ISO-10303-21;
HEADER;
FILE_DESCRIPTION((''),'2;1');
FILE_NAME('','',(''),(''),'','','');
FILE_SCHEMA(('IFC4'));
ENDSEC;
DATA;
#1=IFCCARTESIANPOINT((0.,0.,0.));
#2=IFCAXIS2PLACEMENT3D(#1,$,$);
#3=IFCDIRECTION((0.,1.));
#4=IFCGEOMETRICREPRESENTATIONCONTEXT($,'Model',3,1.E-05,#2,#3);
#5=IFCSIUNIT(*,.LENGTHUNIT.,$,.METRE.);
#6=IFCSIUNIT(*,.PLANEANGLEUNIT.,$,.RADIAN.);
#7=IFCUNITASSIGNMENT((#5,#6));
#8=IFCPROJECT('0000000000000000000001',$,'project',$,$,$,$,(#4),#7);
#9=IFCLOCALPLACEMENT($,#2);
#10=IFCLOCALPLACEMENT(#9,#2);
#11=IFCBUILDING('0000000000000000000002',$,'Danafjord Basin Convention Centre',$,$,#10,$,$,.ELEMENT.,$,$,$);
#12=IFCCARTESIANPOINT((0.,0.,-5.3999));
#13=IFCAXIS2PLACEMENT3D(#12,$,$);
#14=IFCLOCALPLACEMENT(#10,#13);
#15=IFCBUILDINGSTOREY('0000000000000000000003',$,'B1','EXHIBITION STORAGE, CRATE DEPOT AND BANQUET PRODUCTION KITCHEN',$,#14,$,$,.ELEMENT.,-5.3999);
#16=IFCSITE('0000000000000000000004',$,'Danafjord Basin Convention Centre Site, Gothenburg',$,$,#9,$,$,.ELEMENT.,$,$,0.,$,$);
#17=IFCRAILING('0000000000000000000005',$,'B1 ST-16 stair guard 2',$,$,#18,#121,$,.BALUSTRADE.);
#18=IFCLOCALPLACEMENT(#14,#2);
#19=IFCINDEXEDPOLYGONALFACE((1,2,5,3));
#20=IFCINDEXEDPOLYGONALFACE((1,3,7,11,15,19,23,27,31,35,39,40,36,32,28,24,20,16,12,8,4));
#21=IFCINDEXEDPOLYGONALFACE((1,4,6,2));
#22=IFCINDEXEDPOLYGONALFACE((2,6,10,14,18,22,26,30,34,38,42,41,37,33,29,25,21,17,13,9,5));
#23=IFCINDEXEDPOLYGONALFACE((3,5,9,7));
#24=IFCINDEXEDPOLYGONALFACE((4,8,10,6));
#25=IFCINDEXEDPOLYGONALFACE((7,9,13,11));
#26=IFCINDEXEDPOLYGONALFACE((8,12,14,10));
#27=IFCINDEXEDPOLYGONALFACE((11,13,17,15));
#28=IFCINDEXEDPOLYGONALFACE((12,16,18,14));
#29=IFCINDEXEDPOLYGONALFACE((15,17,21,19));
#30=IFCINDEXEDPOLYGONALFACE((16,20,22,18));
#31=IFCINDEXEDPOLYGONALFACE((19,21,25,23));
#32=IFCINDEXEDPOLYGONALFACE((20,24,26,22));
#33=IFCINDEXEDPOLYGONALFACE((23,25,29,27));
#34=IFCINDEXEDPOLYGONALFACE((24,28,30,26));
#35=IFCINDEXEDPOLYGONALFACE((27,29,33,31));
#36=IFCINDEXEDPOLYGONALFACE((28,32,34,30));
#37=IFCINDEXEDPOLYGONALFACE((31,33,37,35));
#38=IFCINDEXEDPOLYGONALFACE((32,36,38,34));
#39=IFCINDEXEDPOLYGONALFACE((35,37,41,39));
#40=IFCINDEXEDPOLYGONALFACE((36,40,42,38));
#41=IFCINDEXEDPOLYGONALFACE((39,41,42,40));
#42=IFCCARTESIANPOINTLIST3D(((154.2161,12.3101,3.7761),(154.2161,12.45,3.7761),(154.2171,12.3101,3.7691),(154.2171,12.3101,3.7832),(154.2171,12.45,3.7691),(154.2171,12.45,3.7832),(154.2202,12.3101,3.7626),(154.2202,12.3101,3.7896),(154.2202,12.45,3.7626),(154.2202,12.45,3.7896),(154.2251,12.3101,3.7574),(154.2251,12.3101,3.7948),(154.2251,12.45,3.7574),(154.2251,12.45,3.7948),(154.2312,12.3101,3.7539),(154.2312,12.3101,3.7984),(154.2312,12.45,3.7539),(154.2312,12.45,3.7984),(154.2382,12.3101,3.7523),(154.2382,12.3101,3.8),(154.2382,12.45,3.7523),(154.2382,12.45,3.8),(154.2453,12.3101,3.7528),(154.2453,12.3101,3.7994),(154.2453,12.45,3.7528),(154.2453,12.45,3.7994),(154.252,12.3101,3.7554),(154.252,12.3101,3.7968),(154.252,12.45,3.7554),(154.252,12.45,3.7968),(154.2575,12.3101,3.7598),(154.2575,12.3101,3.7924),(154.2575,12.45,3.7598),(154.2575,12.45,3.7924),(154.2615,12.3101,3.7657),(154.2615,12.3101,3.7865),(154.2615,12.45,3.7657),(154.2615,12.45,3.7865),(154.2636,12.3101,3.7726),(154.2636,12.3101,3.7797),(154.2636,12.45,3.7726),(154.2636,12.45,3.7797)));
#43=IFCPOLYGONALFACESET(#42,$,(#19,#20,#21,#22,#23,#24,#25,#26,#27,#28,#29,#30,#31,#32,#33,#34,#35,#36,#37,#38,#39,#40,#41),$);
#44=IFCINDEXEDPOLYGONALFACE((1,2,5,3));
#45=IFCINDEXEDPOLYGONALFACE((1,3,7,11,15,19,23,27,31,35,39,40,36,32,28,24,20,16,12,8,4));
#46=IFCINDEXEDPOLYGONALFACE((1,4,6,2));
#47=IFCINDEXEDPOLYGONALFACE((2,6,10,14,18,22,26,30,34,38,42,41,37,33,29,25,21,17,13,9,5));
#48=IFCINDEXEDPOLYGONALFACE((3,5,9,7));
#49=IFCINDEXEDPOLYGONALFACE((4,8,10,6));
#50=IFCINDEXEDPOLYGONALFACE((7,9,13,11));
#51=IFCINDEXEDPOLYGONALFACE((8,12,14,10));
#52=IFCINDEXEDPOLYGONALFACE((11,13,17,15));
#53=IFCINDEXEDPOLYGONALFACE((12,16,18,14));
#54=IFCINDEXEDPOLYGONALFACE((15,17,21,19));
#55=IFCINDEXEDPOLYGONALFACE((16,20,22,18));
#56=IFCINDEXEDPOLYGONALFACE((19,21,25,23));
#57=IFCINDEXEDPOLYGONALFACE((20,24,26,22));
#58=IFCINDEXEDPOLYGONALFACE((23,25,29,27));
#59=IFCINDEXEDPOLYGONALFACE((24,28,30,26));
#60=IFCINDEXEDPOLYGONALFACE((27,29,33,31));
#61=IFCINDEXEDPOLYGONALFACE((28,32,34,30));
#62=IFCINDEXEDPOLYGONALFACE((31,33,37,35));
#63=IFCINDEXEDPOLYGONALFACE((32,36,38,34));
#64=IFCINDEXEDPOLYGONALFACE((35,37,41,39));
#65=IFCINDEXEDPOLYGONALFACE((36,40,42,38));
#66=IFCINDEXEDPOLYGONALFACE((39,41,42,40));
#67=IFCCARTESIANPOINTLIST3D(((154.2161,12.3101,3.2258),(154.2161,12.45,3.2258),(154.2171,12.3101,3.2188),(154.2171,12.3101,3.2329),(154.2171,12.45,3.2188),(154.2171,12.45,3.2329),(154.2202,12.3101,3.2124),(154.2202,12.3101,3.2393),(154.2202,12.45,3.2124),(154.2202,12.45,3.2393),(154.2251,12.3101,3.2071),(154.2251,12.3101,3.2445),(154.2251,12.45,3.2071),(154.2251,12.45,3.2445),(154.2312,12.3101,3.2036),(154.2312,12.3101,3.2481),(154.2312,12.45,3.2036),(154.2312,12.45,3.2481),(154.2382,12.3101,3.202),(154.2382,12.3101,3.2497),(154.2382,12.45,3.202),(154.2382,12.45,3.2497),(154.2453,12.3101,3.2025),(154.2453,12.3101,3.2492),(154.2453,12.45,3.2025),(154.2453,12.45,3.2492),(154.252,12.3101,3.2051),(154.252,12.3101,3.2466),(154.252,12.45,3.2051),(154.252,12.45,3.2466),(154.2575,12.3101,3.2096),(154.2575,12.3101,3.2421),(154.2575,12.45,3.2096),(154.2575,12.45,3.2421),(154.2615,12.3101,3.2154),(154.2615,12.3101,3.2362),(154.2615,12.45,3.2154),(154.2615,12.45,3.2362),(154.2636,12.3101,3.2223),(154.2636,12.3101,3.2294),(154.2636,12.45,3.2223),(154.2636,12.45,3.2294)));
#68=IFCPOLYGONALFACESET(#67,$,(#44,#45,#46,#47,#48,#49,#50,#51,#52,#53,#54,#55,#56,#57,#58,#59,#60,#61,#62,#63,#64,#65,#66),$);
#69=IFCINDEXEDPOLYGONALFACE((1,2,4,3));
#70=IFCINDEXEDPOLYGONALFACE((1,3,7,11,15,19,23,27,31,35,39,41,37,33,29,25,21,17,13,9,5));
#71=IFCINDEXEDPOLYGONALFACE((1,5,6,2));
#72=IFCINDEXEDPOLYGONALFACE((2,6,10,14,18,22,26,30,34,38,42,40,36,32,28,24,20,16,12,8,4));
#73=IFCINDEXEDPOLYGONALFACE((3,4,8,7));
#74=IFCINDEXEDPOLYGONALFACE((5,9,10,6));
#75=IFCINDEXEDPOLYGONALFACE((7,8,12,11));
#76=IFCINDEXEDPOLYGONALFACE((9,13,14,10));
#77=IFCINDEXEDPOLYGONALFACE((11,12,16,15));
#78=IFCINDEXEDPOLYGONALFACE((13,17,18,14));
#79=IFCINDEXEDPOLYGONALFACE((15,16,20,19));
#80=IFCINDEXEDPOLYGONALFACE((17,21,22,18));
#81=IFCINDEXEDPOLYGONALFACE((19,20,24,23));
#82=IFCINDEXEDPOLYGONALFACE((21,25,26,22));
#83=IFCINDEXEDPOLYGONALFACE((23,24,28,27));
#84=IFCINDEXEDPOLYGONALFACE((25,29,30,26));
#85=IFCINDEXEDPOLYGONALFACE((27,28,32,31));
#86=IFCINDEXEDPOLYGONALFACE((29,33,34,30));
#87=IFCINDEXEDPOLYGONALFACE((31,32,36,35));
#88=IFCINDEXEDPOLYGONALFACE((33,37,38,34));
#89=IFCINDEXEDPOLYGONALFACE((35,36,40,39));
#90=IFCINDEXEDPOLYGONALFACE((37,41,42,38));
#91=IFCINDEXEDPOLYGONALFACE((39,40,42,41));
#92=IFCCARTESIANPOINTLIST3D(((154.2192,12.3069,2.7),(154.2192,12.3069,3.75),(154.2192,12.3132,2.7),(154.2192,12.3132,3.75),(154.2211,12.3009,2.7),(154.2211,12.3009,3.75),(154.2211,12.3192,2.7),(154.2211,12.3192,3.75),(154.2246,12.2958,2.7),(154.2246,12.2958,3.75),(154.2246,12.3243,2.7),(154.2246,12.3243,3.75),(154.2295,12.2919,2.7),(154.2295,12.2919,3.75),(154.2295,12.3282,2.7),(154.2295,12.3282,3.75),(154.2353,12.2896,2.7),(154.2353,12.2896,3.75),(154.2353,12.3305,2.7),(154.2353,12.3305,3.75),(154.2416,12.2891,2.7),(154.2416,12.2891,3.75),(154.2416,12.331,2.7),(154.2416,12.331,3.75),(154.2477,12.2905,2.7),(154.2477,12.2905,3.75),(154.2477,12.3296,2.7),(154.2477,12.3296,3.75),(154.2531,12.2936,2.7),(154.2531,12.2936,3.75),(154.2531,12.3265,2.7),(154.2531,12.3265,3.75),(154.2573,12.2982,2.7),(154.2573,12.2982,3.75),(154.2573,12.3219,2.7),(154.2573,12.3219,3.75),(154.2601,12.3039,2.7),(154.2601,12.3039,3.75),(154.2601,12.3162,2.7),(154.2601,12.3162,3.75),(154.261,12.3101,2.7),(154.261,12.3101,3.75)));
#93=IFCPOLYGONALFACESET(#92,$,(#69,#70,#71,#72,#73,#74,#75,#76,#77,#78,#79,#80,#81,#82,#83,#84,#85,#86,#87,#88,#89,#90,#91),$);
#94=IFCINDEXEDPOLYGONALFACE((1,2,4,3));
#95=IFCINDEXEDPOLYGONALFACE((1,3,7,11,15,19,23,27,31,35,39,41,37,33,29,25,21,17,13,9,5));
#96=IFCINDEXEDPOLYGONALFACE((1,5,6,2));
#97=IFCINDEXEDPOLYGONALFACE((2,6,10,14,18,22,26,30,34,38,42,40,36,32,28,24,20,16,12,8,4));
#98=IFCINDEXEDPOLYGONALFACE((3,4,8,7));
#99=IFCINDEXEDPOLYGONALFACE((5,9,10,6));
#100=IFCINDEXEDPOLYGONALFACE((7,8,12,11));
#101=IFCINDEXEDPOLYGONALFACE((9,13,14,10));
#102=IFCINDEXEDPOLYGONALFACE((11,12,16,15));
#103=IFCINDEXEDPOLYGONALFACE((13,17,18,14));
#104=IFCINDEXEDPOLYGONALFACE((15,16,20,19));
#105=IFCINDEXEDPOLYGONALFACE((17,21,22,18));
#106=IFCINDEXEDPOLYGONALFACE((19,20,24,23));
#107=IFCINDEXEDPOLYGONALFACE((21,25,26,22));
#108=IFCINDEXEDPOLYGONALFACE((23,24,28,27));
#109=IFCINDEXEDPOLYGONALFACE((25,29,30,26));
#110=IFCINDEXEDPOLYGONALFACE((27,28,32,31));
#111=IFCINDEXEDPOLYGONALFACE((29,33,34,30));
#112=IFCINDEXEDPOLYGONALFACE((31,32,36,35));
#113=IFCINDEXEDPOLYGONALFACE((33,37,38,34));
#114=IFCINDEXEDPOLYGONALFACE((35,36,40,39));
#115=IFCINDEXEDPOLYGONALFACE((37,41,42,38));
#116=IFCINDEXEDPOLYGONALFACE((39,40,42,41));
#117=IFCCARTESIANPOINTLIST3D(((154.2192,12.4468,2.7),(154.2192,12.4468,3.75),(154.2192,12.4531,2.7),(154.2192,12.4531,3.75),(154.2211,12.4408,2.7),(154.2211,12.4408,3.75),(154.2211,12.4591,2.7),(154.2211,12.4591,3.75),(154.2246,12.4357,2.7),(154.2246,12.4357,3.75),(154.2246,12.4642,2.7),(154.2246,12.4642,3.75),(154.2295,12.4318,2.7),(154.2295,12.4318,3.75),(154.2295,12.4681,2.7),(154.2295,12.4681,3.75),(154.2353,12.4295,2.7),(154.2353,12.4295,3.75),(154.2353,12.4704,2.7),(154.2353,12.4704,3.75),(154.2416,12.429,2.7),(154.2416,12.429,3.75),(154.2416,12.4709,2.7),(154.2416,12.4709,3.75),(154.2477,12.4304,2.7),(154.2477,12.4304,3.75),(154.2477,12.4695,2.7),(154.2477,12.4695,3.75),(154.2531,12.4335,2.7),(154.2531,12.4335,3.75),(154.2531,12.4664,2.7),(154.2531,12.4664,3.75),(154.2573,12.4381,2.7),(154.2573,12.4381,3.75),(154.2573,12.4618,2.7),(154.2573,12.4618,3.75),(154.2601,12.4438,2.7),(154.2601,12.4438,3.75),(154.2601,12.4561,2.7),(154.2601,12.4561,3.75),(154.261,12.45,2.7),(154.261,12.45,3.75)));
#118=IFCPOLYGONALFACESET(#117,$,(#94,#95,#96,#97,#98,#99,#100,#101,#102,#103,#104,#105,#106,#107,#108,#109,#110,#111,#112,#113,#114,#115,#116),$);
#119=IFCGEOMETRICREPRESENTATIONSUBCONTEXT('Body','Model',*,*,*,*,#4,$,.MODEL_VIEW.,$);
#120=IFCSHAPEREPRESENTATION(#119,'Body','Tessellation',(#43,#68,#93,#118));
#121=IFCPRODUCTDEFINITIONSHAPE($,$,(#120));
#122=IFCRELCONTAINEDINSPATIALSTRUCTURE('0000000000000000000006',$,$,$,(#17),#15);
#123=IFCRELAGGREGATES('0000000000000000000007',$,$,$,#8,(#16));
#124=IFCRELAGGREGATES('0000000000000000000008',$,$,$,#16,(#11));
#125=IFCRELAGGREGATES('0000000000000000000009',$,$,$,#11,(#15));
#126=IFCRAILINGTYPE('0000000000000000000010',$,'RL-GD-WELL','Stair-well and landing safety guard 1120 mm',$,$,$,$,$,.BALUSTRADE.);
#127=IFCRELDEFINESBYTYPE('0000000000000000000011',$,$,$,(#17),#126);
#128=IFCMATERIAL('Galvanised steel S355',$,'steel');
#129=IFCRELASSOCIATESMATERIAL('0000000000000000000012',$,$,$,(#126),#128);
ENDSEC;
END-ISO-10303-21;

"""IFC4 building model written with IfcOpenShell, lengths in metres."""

from ifc_helpers import new_model, si_unit, direction, frame, origin, origin_2d, place, context, subcontext, project, spatial, circle, extrude, material, type_object, element, save


model = new_model("IFC4")

# Units and contexts
model_context = context("Model", 3, precision=1e-05, world=origin(), true_north=direction((0.0, 1.0)))
body_context = subcontext(model_context, "Body", "Model", "MODEL_VIEW")
ifc_project = project(units=[si_unit("LENGTHUNIT", "METRE"), si_unit("PLANEANGLEUNIT", "RADIAN")], contexts=[model_context])

# Site, building, storey
site_placement = place(None, origin())
site = spatial("IfcSite", under=ifc_project, at=site_placement, Name="Danafjord Basin Convention Centre Site, Gothenburg", CompositionType="ELEMENT", RefElevation=0.0)
building_placement = place(site_placement, origin())
building = spatial("IfcBuilding", under=site, at=building_placement, Name="Danafjord Basin Convention Centre", CompositionType="ELEMENT")
storey_placement = place(building_placement, frame((0.0, 0.0, -5.3999)))
storey = spatial("IfcBuildingStorey", under=building, at=storey_placement, Name="B1", Description="EXHIBITION STORAGE, CRATE DEPOT AND BANQUET PRODUCTION KITCHEN", CompositionType="ELEMENT", Elevation=-5.3999)

# Railing
ifc_material_1 = material(Name="Galvanised steel S355", Category="steel")
railing_type_1 = type_object("IfcRailingType", Name="RL-GD-WELL", Description="Stair-well and landing safety guard 1120 mm", PredefinedType="BALUSTRADE", material=ifc_material_1)
railing_1_placement = place(storey_placement, frame((154.24, 12.3101, 2.7)))
element("IfcRailing", 1, at=railing_1_placement, inside=storey, type_object=railing_type_1, Name="B1 ST-16 stair guard 2", PredefinedType="BALUSTRADE", context=body_context, shape_type="SweptSolid", body=[
    extrude(circle(Radius=0.0239, at=origin_2d()), frame((0.0, 0.0, 1.0762), z_axis=(0.0, 1.0, 0.0), x_axis=(-1.0, 0.0, 0.0)), (0.0, 0.0, 1.0), 0.1399),
    extrude(circle(Radius=0.0239, at=origin_2d()), frame((0.0, 0.0, 0.5259), z_axis=(0.0, 1.0, 0.0), x_axis=(-1.0, 0.0, 0.0)), (0.0, 0.0, 1.0), 0.1399),
    extrude(circle(Radius=0.021, at=origin_2d()), origin(), (0.0, 0.0, 1.0), 1.05),
    extrude(circle(Radius=0.021, at=origin_2d()), frame((0.0, 0.1399, 0.0)), (0.0, 0.0, 1.0), 1.05),
])

save(model, "model.ifc")
